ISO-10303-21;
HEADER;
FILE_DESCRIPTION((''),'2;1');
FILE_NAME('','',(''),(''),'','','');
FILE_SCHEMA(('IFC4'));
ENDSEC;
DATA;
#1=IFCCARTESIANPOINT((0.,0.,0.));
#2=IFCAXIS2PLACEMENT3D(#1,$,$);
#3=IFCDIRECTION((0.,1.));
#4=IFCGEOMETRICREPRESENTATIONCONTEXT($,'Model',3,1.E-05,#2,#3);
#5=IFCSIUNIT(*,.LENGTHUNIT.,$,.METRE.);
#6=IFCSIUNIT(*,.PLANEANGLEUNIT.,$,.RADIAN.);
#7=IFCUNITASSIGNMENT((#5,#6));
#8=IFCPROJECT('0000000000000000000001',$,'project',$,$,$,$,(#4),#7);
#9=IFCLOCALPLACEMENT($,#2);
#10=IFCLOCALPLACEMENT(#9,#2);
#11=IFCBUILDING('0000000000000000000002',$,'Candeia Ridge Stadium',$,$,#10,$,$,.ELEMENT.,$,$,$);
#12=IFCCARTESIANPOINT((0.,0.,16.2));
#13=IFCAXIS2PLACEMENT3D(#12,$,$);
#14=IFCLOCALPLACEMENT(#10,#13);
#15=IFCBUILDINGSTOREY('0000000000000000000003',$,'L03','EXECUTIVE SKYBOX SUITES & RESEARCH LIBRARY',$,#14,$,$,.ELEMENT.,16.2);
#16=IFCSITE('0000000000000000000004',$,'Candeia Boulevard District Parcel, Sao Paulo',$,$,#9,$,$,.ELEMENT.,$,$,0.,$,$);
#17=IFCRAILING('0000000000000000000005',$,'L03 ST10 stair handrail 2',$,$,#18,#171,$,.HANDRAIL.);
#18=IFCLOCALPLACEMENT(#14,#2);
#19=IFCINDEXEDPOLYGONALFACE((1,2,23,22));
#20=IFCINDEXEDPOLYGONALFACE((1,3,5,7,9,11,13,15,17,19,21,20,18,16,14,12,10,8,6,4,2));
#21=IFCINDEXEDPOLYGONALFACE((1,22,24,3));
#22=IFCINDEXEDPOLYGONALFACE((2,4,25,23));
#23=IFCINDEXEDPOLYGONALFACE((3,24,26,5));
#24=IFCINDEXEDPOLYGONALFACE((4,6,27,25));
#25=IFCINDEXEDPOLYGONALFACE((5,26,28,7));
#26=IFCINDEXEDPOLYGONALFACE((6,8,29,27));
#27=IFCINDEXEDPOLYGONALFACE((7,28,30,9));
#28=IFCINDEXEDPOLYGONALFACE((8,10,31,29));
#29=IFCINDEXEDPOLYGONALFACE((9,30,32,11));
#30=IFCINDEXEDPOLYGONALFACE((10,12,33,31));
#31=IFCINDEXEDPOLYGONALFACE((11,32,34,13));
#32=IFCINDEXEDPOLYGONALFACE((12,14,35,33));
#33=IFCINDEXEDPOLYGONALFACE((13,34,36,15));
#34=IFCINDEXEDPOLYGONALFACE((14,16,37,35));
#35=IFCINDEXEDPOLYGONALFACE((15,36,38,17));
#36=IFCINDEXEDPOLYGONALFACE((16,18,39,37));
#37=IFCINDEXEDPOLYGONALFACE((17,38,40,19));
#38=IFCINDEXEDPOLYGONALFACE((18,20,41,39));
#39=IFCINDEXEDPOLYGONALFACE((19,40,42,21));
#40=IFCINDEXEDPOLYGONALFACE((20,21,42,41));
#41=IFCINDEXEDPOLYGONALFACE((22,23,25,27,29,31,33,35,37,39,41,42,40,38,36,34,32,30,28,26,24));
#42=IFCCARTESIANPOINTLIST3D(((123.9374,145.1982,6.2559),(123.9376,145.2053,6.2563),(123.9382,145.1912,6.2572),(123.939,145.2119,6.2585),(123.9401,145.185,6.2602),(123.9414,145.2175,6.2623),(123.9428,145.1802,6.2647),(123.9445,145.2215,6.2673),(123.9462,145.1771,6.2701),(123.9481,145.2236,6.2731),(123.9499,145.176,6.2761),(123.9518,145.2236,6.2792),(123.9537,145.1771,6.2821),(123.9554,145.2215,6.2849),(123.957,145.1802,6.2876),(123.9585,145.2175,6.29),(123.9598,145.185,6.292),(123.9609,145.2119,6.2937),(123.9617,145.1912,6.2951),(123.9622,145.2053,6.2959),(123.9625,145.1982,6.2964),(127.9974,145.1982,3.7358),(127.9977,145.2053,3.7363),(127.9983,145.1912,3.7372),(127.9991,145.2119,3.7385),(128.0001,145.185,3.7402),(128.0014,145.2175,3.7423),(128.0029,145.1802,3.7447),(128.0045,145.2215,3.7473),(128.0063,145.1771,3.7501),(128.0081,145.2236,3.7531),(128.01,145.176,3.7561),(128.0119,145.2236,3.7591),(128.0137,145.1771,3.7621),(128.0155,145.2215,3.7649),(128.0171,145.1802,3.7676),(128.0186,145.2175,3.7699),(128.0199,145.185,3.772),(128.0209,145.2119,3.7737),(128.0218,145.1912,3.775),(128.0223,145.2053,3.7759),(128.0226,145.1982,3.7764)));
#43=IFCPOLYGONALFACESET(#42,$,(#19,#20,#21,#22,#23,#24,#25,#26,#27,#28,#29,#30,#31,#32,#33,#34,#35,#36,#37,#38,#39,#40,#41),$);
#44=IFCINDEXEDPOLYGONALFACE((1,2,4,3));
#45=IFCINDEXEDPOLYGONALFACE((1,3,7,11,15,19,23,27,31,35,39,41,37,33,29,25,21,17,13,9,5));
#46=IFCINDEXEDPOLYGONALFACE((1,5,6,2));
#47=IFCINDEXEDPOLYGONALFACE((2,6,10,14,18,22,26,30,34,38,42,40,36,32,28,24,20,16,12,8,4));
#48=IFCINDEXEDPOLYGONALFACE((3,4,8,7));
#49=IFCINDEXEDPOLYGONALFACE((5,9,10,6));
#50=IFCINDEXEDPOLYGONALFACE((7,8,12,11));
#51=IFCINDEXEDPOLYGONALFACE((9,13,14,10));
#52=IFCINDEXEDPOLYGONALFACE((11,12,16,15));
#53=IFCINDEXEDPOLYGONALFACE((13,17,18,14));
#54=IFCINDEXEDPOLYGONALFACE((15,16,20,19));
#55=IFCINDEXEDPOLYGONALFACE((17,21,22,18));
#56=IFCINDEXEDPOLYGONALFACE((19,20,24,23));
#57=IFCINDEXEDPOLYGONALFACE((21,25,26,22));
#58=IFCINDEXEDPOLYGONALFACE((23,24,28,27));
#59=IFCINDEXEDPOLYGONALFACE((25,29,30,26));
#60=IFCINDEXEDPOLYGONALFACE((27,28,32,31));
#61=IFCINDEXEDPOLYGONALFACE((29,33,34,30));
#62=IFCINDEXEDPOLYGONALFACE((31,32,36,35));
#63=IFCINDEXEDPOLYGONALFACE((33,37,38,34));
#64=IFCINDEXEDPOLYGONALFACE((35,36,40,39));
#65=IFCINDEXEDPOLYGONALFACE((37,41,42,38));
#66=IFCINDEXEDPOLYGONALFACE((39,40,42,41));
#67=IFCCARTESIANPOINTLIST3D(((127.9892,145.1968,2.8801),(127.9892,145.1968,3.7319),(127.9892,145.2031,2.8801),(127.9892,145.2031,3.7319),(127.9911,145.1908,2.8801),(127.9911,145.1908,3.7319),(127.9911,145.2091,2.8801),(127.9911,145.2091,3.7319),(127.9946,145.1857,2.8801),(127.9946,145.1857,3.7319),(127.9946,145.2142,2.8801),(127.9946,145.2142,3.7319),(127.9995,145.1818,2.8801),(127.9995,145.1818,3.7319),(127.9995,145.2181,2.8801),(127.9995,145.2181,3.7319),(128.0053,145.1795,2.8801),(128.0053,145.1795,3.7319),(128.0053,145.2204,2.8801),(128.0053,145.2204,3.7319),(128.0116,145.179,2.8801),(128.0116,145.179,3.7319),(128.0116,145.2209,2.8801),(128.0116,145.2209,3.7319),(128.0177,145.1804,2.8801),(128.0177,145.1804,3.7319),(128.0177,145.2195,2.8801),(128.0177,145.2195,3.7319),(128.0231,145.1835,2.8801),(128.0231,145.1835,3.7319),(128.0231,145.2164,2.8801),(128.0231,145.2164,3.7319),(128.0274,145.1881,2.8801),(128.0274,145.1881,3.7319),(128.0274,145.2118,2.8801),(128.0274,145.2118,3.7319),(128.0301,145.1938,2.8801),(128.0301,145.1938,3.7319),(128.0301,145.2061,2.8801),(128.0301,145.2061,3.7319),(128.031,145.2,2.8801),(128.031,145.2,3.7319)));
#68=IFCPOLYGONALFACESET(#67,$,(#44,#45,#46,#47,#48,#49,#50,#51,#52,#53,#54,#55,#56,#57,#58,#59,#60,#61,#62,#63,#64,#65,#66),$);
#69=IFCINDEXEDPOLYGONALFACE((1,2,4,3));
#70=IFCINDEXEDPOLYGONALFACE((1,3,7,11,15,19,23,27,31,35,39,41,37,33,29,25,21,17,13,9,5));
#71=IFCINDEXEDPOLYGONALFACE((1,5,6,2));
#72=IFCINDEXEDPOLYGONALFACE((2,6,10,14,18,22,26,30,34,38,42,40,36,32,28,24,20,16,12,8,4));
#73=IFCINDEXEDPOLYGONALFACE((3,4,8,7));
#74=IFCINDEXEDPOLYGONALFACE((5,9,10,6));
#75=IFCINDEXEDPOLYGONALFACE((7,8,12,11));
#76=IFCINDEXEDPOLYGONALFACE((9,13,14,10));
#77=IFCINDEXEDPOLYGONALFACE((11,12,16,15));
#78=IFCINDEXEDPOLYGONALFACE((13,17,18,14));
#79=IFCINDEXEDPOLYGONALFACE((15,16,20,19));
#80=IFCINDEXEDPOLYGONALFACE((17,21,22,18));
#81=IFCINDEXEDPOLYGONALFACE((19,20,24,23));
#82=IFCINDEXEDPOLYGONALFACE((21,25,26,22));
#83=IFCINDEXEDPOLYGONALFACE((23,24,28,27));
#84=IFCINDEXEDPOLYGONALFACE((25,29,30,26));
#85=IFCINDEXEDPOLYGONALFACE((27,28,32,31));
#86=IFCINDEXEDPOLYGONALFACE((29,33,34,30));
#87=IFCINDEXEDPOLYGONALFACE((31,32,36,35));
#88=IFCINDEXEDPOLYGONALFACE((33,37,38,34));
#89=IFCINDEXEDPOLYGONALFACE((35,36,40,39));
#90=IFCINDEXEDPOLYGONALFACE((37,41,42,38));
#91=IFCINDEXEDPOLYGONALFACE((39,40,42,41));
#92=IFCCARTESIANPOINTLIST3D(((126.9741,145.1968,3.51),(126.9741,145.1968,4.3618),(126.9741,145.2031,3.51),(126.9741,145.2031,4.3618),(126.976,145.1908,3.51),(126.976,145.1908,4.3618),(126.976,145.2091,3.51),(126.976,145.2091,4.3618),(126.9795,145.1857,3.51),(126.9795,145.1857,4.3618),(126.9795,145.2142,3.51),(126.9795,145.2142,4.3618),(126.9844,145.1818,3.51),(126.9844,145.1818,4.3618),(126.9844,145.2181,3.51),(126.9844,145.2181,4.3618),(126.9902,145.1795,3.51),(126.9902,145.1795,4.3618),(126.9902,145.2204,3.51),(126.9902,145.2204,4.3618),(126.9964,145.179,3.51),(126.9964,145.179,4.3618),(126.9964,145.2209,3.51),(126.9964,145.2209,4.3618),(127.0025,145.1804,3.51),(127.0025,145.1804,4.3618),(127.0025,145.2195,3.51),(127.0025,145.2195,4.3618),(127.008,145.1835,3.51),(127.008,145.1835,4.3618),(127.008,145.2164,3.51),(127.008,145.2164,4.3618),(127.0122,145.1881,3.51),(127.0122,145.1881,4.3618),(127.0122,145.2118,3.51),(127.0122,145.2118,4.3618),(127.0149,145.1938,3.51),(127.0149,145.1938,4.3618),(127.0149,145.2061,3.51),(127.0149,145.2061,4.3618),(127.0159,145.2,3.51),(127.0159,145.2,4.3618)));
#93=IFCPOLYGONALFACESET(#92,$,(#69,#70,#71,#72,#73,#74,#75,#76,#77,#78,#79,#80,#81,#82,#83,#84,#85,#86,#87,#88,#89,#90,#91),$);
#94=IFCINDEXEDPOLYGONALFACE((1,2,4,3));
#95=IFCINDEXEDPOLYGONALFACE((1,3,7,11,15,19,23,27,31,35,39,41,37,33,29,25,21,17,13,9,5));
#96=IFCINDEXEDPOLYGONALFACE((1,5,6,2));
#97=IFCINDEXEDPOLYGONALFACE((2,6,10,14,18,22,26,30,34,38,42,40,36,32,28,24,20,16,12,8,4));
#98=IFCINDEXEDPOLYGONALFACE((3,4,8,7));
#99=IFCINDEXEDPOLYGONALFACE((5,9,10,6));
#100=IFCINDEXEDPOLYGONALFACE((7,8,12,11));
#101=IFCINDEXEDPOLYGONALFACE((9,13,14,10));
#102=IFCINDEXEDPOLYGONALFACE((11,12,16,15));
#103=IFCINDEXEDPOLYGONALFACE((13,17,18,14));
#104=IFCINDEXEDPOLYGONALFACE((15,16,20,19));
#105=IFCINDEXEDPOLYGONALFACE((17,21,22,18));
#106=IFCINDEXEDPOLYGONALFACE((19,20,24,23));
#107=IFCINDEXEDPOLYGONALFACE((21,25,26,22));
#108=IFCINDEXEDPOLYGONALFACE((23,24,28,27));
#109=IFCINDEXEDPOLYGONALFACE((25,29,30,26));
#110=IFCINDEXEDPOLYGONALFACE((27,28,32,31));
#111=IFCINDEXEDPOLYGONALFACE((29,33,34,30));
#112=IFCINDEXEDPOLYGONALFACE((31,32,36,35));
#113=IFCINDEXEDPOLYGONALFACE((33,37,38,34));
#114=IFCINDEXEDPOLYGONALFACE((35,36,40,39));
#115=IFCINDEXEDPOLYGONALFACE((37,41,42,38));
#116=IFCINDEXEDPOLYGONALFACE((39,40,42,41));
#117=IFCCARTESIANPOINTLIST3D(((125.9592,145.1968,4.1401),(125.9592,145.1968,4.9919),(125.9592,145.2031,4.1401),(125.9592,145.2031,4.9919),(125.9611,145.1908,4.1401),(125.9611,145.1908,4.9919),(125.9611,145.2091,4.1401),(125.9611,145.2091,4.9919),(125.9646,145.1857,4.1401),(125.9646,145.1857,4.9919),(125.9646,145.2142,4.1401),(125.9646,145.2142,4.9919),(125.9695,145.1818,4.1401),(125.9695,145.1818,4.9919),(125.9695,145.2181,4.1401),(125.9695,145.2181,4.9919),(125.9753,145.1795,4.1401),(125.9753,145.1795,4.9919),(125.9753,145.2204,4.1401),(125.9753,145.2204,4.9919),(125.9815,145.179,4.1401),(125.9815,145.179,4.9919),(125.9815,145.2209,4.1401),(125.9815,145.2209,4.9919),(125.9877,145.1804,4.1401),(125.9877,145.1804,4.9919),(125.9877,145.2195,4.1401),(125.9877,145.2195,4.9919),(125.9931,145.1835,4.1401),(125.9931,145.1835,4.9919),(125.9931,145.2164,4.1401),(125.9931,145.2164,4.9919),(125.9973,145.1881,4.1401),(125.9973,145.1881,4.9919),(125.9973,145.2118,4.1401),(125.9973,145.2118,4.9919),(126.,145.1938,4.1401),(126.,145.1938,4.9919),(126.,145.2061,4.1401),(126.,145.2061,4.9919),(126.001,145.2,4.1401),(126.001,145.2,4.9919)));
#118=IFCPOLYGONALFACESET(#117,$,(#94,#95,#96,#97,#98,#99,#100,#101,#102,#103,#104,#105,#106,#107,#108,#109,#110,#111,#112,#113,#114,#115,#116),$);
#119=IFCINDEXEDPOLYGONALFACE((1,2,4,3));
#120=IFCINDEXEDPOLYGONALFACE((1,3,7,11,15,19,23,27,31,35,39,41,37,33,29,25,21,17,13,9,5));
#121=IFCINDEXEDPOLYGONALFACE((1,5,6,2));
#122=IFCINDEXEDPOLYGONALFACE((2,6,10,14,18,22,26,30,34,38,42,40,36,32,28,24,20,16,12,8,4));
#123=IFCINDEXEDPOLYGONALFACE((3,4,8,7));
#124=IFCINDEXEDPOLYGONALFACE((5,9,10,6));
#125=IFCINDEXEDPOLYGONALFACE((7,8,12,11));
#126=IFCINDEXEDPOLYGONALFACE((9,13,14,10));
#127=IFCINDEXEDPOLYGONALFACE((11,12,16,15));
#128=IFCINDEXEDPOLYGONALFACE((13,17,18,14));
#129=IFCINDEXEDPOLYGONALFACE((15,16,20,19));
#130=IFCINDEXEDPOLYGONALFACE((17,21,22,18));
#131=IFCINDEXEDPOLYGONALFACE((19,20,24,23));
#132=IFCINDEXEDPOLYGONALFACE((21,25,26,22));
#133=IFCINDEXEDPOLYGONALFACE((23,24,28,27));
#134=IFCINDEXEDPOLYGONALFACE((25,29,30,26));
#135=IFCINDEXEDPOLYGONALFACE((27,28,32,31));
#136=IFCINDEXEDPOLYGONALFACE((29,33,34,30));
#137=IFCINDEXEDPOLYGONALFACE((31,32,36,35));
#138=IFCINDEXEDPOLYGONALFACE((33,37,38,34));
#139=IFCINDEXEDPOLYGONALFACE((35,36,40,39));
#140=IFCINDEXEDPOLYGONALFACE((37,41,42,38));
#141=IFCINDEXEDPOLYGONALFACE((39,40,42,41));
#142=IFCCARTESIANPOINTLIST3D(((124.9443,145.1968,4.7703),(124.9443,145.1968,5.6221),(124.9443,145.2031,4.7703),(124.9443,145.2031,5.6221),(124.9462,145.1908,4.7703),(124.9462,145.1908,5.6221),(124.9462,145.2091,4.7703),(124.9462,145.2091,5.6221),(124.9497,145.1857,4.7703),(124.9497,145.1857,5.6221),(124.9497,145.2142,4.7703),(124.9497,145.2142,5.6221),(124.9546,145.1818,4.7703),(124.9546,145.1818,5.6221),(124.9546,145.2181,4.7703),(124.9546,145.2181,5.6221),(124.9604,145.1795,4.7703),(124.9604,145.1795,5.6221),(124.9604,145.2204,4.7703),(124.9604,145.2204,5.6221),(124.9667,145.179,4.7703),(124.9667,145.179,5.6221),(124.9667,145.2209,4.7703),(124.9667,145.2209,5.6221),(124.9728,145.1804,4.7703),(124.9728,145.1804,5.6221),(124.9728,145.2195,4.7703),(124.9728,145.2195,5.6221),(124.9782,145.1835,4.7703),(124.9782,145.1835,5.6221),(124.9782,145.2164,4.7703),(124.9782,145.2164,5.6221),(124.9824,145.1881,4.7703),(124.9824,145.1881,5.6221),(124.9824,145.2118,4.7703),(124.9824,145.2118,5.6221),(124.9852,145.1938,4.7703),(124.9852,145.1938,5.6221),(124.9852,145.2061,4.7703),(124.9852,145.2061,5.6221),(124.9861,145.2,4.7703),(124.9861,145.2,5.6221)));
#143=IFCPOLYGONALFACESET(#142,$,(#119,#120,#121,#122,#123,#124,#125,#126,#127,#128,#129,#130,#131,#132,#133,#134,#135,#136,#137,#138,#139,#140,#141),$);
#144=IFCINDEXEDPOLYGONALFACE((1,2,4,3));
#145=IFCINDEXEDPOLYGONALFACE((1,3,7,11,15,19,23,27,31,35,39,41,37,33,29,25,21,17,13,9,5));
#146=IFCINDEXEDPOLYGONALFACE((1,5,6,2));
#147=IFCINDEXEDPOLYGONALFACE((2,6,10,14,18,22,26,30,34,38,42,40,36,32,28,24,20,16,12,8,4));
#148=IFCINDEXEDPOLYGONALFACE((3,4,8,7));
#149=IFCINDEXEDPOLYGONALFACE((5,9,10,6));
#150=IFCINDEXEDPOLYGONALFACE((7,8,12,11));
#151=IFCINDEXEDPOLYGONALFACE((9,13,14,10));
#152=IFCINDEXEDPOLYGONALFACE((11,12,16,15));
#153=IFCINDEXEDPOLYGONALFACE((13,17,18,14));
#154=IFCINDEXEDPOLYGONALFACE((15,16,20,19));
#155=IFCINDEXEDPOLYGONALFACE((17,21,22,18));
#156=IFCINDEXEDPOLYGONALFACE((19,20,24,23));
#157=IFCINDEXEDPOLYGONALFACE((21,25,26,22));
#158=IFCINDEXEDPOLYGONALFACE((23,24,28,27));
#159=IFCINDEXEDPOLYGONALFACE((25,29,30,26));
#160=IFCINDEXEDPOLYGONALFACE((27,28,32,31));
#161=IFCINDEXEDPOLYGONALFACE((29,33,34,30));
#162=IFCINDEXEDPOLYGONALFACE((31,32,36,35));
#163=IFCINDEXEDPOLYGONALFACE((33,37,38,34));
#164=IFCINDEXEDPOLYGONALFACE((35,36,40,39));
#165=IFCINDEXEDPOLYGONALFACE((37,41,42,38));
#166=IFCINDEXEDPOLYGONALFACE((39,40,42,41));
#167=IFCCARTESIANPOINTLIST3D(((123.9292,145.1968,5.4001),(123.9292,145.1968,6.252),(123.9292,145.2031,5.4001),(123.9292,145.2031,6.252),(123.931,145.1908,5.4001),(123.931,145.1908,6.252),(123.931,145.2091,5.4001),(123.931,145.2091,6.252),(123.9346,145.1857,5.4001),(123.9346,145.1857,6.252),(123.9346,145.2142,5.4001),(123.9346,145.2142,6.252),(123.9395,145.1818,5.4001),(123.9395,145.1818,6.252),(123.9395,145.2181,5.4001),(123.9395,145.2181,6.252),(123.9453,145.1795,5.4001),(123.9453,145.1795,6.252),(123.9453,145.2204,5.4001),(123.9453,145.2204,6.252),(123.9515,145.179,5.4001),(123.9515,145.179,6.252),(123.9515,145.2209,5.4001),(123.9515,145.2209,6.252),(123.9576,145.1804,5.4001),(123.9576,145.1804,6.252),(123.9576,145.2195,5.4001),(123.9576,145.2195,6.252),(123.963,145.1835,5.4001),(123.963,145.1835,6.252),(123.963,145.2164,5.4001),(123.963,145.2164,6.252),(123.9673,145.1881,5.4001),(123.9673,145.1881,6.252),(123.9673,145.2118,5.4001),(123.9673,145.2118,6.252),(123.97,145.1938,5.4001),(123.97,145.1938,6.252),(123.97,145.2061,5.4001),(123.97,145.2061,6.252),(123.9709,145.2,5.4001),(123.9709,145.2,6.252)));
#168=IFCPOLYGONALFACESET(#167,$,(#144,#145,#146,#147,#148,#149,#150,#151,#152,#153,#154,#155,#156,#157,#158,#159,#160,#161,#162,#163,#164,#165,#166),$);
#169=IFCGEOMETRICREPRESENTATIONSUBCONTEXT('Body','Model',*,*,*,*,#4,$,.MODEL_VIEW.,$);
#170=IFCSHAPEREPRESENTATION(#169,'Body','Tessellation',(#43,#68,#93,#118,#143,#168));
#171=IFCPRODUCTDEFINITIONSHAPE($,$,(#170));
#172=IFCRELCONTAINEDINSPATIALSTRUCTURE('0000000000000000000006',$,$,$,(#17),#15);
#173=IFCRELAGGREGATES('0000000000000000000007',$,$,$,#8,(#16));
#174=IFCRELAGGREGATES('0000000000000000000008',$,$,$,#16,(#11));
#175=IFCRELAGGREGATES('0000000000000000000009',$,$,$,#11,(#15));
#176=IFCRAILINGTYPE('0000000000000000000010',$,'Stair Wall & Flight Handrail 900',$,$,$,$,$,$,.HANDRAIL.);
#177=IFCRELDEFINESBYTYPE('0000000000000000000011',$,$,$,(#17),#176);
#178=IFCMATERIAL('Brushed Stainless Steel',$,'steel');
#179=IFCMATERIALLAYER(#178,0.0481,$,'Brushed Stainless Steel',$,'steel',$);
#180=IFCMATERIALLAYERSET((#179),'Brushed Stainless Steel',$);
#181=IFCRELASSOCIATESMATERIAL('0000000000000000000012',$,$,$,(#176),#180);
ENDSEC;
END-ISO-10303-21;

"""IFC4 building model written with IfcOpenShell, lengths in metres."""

from ifc_helpers import new_model, si_unit, direction, frame, origin, origin_2d, place, context, subcontext, project, spatial, circle, extrude, material, layer, layer_set, type_object, element, save


model = new_model("IFC4")

# Units and contexts
model_context = context("Model", 3, precision=1e-05, world=origin(), true_north=direction((0.0, 1.0)))
body_context = subcontext(model_context, "Body", "Model", "MODEL_VIEW")
ifc_project = project(units=[si_unit("LENGTHUNIT", "METRE"), si_unit("PLANEANGLEUNIT", "RADIAN")], contexts=[model_context])

# Site, building, storey
site_placement = place(None, origin())
site = spatial("IfcSite", under=ifc_project, at=site_placement, Name="Candeia Boulevard District Parcel, Sao Paulo", CompositionType="ELEMENT", RefElevation=0.0)
building_placement = place(site_placement, origin())
building = spatial("IfcBuilding", under=site, at=building_placement, Name="Candeia Ridge Stadium", CompositionType="ELEMENT")
storey_placement = place(building_placement, frame((0.0, 0.0, 16.2)))
storey = spatial("IfcBuildingStorey", under=building, at=storey_placement, Name="L03", Description="EXECUTIVE SKYBOX SUITES & RESEARCH LIBRARY", CompositionType="ELEMENT", Elevation=16.2)

# Railing
ifc_material_1 = material(Name="Brushed Stainless Steel", Category="steel")
ifc_layer_1 = layer(ifc_material_1, 0.0481, Name="Brushed Stainless Steel", Category="steel")
ifc_layer_set_1 = layer_set([ifc_layer_1], Name="Brushed Stainless Steel")
railing_type_1 = type_object("IfcRailingType", Name="Stair Wall & Flight Handrail 900", PredefinedType="HANDRAIL", material=ifc_layer_set_1)
railing_1_placement = place(storey_placement, frame((128.01, 145.2, 2.8801)))
element("IfcRailing", 1, at=railing_1_placement, inside=storey, type_object=railing_type_1, Name="L03 ST10 stair handrail 2", PredefinedType="HANDRAIL", context=body_context, shape_type="SweptSolid", body=[
    extrude(circle(Radius=0.0239, at=origin_2d()), frame((0.0, 0.0, 0.876), z_axis=(-0.849642, 0.0, 0.52736), x_axis=(0.0, -1.0, 0.0)), (0.0, 0.0, 1.0), 4.7786),
    extrude(circle(Radius=0.021, at=origin_2d()), origin(), (0.0, 0.0, 1.0), 0.8518),
    extrude(circle(Radius=0.021, at=origin_2d()), frame((-1.0151, 0.0, 0.6299)), (0.0, 0.0, 1.0), 0.8518),
    extrude(circle(Radius=0.021, at=origin_2d()), frame((-2.03, 0.0, 1.26)), (0.0, 0.0, 1.0), 0.8518),
    extrude(circle(Radius=0.021, at=origin_2d()), frame((-3.0449, 0.0, 1.8901)), (0.0, 0.0, 1.0), 0.8518),
    extrude(circle(Radius=0.021, at=origin_2d()), frame((-4.0601, 0.0, 2.52)), (0.0, 0.0, 1.0), 0.8518),
])

save(model, "model.ifc")
